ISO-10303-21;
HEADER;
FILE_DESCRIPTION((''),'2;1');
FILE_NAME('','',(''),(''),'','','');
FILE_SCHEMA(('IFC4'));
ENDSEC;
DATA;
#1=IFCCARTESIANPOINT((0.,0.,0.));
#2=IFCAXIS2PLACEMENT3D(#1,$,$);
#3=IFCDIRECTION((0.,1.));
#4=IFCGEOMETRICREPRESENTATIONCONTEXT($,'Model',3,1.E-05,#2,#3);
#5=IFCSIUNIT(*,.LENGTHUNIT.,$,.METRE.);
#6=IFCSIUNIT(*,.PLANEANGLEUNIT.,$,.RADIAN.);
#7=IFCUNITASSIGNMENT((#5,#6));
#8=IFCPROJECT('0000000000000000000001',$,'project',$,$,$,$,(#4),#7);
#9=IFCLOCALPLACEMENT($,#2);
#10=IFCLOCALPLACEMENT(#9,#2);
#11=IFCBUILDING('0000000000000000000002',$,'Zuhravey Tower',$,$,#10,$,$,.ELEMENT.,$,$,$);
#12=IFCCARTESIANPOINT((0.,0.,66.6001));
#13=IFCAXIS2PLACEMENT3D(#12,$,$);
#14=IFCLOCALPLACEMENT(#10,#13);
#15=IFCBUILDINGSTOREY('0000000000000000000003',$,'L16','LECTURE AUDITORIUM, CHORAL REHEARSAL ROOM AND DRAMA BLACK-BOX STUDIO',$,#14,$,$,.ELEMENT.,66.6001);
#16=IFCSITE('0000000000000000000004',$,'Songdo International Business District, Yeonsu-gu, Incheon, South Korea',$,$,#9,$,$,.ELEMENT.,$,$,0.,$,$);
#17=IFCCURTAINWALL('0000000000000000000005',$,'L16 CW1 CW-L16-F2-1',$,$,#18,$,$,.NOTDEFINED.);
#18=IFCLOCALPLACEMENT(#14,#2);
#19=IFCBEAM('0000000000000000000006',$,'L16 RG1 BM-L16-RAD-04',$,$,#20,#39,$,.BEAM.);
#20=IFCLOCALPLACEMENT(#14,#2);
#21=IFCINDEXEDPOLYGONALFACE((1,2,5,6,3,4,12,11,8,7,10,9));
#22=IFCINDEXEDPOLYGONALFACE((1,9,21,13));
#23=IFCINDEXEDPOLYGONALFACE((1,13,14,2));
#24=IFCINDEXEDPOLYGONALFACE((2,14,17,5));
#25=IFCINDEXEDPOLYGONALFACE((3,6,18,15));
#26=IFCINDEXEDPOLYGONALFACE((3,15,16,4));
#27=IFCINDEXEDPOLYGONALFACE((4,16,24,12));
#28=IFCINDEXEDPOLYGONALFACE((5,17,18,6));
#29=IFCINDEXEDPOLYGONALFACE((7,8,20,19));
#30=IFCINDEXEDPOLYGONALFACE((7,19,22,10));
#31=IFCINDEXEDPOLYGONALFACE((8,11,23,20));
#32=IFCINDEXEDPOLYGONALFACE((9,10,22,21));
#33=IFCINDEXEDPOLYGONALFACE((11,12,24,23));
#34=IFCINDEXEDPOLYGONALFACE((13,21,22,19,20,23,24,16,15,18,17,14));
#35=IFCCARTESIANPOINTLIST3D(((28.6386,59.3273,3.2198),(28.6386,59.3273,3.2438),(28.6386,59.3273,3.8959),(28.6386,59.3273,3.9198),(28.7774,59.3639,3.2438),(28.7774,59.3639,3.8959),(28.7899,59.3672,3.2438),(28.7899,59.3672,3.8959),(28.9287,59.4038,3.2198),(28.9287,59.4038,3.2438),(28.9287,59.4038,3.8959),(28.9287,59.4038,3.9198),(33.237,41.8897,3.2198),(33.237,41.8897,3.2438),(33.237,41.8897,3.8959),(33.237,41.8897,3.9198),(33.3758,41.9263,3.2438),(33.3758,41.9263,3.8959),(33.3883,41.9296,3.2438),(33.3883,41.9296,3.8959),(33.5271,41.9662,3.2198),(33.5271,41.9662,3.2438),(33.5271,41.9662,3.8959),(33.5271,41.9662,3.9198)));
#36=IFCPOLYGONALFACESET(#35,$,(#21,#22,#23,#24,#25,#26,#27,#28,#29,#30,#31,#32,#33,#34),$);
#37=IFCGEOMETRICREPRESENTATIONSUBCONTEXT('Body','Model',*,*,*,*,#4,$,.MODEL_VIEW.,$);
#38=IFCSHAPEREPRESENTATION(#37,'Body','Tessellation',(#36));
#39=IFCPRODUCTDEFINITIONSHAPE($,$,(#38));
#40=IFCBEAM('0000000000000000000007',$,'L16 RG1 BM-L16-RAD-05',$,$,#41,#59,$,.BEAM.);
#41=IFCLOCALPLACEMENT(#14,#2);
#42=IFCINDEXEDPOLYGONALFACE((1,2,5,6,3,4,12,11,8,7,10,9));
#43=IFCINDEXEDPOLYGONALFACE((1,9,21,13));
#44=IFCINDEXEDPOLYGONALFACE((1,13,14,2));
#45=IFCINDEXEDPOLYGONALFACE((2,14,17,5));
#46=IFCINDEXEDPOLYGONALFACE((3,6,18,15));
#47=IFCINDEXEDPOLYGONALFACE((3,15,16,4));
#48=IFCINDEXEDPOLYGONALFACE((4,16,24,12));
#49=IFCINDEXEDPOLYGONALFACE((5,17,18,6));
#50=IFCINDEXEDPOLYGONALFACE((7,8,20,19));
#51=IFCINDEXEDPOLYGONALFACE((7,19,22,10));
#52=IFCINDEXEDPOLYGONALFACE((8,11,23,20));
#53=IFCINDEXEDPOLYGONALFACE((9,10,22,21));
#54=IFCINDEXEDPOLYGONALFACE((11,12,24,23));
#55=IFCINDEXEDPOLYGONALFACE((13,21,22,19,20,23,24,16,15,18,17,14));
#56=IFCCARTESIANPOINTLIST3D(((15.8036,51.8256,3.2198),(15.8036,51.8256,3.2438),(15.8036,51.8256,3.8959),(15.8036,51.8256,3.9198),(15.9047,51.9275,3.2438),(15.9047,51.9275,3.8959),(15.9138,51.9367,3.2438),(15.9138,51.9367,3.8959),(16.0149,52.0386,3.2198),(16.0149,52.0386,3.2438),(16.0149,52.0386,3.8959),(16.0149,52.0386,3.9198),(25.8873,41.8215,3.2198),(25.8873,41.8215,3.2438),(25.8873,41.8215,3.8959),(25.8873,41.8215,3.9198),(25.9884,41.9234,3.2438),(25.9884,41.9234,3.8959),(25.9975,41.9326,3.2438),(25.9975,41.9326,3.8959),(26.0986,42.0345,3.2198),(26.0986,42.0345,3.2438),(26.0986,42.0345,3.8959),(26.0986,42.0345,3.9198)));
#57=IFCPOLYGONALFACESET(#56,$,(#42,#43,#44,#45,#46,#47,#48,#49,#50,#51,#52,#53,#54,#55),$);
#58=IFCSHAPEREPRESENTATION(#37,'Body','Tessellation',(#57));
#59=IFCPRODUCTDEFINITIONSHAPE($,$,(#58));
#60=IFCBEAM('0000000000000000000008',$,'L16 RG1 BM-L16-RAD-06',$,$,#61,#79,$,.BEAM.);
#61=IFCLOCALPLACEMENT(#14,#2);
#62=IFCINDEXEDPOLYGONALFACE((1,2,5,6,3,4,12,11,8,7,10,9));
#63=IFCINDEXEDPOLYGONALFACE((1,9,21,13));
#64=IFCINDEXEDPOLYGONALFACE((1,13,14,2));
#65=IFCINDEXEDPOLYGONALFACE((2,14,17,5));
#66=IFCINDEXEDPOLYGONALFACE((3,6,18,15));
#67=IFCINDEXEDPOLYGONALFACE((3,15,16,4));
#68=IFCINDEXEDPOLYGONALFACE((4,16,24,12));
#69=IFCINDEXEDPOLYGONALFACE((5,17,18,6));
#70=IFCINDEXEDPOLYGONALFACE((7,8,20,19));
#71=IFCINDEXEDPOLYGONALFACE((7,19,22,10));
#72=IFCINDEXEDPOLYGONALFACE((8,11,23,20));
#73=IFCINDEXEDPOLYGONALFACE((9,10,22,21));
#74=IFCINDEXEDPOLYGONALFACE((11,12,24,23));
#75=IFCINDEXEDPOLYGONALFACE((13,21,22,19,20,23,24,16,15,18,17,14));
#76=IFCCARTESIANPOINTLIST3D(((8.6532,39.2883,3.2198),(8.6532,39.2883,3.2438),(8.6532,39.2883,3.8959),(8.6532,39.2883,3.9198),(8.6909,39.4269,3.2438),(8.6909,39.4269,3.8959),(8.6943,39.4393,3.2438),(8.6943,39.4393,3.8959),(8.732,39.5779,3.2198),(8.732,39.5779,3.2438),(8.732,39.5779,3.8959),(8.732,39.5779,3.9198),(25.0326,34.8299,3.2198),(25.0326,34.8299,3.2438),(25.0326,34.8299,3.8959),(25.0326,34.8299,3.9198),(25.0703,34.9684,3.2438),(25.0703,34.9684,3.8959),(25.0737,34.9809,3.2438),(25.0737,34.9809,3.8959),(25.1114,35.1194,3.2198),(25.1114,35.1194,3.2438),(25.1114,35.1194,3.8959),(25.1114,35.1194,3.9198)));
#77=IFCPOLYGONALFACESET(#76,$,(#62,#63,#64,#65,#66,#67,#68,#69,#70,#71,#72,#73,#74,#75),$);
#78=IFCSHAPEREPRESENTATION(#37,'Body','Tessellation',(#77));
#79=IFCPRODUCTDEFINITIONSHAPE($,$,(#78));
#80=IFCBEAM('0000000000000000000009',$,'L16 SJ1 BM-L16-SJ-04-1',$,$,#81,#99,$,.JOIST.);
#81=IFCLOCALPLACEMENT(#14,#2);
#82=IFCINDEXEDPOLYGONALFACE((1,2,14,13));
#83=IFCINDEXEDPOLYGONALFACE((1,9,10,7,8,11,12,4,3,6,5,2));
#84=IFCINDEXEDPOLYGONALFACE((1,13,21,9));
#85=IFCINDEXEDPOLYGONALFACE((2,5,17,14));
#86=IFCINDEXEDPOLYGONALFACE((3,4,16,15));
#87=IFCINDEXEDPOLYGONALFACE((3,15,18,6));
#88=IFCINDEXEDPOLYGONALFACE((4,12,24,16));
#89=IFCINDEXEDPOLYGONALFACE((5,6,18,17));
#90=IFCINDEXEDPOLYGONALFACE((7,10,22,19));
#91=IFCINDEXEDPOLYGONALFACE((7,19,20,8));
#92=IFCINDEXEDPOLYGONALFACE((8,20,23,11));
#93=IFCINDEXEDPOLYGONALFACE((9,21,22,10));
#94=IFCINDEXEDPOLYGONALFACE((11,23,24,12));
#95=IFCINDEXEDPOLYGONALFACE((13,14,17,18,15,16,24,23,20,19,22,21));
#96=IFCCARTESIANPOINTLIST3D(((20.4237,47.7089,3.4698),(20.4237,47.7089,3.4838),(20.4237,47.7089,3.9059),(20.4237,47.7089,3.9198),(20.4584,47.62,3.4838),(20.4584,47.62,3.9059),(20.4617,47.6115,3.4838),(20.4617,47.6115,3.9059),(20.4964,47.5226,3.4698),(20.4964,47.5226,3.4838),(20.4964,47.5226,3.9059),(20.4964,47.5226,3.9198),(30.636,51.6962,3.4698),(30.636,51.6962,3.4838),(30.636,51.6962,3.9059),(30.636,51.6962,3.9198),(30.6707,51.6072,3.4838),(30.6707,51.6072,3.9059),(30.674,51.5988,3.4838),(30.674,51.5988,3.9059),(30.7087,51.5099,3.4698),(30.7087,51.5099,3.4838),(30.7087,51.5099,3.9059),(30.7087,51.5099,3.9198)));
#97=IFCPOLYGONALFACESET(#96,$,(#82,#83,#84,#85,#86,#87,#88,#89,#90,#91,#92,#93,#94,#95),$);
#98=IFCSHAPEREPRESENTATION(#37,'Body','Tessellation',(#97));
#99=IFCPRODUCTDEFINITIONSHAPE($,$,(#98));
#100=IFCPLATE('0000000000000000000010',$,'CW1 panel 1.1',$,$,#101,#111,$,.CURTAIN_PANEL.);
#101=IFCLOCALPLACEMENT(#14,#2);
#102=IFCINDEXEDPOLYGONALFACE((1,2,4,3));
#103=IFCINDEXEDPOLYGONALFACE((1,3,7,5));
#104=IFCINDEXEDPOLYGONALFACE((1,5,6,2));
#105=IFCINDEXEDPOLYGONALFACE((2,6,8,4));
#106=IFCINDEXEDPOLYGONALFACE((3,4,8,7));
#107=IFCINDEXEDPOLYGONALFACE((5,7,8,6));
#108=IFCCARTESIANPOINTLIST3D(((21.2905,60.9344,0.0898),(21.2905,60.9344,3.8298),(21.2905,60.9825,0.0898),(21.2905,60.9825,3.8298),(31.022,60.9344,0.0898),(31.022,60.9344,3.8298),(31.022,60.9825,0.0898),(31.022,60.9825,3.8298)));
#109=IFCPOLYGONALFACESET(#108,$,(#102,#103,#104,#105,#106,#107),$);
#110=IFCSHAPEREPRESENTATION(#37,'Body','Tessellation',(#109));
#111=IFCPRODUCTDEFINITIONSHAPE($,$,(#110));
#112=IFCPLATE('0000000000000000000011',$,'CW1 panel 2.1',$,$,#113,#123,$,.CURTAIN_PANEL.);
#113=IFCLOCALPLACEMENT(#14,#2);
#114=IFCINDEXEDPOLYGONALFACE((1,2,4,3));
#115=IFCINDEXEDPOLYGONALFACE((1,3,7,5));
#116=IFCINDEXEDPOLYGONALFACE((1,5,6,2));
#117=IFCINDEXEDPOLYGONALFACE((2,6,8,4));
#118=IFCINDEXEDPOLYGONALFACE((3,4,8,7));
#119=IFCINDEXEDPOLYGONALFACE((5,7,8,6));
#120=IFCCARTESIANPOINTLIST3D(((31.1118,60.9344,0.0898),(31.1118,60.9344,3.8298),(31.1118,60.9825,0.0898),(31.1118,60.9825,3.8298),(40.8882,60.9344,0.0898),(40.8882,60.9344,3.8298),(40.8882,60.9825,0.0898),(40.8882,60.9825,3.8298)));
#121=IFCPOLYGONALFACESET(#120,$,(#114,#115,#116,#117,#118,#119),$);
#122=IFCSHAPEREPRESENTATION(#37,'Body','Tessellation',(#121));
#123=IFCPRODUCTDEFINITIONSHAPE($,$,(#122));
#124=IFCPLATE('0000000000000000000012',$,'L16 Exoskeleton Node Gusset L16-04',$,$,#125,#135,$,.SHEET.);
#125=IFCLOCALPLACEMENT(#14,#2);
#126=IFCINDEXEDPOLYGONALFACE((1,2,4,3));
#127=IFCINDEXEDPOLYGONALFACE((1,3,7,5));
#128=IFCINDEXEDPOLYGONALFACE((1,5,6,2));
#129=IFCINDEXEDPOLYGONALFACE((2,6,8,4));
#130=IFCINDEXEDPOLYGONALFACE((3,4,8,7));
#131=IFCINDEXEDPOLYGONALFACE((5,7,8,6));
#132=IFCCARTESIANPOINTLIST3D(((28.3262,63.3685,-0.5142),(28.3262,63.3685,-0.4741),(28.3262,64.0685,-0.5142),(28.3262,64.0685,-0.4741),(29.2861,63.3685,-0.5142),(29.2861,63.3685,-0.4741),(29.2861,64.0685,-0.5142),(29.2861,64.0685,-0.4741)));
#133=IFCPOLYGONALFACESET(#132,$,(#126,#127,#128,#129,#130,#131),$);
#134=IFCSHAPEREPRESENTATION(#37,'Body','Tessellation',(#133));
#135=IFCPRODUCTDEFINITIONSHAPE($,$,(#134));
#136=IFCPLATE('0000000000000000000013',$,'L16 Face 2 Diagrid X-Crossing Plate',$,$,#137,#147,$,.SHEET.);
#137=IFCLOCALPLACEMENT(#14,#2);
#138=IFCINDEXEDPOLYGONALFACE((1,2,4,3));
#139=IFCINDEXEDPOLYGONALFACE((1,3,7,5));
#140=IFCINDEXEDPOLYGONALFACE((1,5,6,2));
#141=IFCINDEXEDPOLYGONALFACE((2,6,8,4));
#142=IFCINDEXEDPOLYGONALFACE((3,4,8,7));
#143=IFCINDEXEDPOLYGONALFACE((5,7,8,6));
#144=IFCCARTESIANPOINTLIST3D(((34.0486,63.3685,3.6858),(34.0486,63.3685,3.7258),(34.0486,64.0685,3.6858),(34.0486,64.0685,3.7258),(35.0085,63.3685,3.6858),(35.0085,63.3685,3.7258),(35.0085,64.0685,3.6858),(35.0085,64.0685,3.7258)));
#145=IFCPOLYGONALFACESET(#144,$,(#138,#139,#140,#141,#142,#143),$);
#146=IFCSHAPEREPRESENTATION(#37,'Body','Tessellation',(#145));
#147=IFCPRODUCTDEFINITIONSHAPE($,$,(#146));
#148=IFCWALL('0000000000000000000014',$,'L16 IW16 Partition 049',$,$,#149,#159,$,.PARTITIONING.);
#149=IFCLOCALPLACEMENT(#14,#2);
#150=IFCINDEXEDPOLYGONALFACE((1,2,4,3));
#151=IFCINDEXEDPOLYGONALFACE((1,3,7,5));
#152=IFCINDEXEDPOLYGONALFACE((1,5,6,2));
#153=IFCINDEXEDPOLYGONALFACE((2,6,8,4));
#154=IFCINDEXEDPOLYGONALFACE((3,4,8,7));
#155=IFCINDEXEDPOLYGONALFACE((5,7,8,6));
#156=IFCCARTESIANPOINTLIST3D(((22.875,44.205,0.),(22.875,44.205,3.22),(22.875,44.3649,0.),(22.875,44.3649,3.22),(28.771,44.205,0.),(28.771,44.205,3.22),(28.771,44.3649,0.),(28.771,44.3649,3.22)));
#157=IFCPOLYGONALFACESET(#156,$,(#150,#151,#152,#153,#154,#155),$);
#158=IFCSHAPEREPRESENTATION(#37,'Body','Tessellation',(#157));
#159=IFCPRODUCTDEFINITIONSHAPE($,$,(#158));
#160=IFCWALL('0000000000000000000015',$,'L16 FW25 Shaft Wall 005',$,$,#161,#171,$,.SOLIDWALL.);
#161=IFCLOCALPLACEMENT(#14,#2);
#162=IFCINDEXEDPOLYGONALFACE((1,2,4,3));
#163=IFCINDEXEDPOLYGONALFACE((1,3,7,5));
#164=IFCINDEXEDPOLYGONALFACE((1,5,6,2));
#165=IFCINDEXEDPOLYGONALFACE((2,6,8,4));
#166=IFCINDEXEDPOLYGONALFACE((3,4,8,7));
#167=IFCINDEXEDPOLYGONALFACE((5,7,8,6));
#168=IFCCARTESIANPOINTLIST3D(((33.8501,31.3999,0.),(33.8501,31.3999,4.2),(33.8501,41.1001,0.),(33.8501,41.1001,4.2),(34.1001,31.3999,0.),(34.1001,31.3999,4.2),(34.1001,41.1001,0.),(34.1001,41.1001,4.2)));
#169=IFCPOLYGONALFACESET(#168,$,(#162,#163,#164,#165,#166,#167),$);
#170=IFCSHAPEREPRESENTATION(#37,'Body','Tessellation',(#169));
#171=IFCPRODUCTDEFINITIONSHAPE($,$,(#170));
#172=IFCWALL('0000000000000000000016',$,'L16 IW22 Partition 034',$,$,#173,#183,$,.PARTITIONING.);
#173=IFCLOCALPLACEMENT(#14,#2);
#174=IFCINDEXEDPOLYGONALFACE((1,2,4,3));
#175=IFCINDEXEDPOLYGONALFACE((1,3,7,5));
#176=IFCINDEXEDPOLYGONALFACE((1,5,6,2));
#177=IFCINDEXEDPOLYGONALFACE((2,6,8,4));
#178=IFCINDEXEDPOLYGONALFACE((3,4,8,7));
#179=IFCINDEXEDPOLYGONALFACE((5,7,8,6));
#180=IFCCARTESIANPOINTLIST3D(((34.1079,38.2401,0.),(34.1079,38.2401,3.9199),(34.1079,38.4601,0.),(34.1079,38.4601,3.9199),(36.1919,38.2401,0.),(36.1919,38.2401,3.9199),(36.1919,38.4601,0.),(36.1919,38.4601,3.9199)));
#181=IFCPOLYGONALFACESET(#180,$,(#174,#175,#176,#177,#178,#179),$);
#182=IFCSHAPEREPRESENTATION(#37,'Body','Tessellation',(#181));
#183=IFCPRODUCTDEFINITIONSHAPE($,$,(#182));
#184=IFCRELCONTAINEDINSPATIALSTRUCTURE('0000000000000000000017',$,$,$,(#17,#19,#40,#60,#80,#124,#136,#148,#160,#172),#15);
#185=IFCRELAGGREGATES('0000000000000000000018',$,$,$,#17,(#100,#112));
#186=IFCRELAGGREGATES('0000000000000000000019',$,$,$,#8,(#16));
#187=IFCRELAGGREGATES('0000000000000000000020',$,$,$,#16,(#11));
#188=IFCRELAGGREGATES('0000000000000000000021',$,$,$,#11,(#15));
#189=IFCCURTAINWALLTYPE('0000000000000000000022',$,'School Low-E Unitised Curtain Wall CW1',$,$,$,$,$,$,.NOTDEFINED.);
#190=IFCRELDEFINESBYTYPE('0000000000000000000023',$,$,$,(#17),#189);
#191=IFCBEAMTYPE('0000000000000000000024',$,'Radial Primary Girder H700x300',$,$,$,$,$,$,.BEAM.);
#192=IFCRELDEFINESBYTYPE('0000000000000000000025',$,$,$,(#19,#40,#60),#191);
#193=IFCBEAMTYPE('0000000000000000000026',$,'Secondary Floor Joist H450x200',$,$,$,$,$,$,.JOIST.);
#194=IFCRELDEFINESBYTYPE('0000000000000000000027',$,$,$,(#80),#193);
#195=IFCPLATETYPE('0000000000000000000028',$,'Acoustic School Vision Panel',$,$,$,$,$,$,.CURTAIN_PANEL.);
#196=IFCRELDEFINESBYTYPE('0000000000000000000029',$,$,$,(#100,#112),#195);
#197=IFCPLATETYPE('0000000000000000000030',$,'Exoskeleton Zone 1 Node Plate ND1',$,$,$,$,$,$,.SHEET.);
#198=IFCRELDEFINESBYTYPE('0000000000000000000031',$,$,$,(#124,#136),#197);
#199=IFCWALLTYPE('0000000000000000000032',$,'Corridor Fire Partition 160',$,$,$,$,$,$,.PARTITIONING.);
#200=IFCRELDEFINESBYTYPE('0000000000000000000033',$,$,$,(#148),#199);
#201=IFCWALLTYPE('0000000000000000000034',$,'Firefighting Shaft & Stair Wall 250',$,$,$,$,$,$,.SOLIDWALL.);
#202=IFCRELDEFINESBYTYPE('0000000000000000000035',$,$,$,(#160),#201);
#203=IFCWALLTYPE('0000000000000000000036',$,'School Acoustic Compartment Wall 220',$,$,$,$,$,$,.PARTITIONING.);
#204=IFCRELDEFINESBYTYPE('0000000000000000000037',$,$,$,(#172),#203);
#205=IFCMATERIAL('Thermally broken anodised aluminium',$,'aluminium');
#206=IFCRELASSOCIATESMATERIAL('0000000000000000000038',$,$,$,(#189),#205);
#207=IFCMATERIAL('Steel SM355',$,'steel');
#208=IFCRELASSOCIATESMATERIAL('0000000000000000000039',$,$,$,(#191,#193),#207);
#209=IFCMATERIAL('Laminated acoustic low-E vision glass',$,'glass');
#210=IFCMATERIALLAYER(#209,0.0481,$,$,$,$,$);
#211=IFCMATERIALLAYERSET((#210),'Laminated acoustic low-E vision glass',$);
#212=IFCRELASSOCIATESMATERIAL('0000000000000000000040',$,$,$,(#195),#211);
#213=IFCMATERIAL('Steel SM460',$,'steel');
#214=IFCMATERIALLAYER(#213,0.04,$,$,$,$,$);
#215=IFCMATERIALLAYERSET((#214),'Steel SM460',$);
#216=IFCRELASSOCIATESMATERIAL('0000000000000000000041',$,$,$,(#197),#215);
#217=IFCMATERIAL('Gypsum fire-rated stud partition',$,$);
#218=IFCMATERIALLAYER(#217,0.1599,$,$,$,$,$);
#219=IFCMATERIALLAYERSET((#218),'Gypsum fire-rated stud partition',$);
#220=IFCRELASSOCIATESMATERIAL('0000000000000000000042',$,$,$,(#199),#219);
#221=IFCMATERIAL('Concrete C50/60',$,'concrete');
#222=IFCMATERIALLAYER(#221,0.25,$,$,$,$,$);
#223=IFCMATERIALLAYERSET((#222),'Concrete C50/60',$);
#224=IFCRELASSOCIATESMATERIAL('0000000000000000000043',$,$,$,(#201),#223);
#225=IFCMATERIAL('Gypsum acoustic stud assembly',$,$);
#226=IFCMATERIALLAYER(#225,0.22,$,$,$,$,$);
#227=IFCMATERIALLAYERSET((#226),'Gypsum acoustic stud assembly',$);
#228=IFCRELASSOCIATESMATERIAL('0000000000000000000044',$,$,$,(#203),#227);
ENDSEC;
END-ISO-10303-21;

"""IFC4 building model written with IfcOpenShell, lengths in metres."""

from ifc_helpers import new_model, si_unit, direction, frame, frame_2d, origin, origin_2d, place, context, subcontext, project, spatial, rectangle, i_section, extrude, material, layer, layer_set, material_profile, profile_set, type_object, element, aggregate, save


model = new_model("IFC4")

# Units and contexts
model_context = context("Model", 3, precision=1e-05, world=origin(), true_north=direction((0.0, 1.0)))
body_context = subcontext(model_context, "Body", "Model", "MODEL_VIEW")
ifc_project = project(units=[si_unit("LENGTHUNIT", "METRE"), si_unit("PLANEANGLEUNIT", "RADIAN")], contexts=[model_context])

# Site, building, storey
site_placement = place(None, origin())
site = spatial("IfcSite", under=ifc_project, at=site_placement, Name="Songdo International Business District, Yeonsu-gu, Incheon, South Korea", CompositionType="ELEMENT", RefElevation=0.0)
building_placement = place(site_placement, origin())
building = spatial("IfcBuilding", under=site, at=building_placement, Name="Zuhravey Tower", CompositionType="ELEMENT")
storey_placement = place(building_placement, frame((0.0, 0.0, 66.6001)))
storey = spatial("IfcBuildingStorey", under=building, at=storey_placement, Name="L16", Description="LECTURE AUDITORIUM, CHORAL REHEARSAL ROOM AND DRAMA BLACK-BOX STUDIO", CompositionType="ELEMENT", Elevation=66.6001)

# Curtain wall
ifc_material_1 = material(Name="Thermally broken anodised aluminium", Category="aluminium")
curtain_wall_type = type_object("IfcCurtainWallType", Name="School Low-E Unitised Curtain Wall CW1", PredefinedType="NOTDEFINED", material=ifc_material_1)
curtain_wall_placement = place(storey_placement, origin())
curtain_wall = element("IfcCurtainWall", 1, at=curtain_wall_placement, inside=storey, type_object=curtain_wall_type, Name="L16 CW1 CW-L16-F2-1", PredefinedType="NOTDEFINED")

# Shared definitions
ifc_material_2 = material(Name="Steel SM460", Category="steel")

# Beams
ifc_material_3 = material(Name="Steel SM355", Category="steel")
ifc_material_profile_1 = material_profile(ifc_material_3, i_section(OverallWidth=0.3, OverallDepth=0.7, WebThickness=0.0129, FlangeThickness=0.0239, at=origin_2d()), Name="H-700x300x13x24")
ifc_profile_set_1 = profile_set([ifc_material_profile_1], Name="Steel SM355")
beam_type_1 = type_object("IfcBeamType", Name="Radial Primary Girder H700x300", PredefinedType="BEAM", material=ifc_profile_set_1)
beam_1_placement = place(storey_placement, frame((33.3821, 41.928, 3.5698), z_axis=(-0.25499, 0.966944, 0.0), x_axis=(-0.966944, -0.25499, 0.0)))
element("IfcBeam", 2, at=beam_1_placement, inside=storey, type_object=beam_type_1, Name="L16 RG1 BM-L16-RAD-04", PredefinedType="BEAM", context=body_context, shape_type="SweptSolid", body=[
    extrude(i_section(OverallWidth=0.3, OverallDepth=0.7, WebThickness=0.0129, FlangeThickness=0.0239, at=origin_2d()), origin(), (0.0, 0.0, 1.0), 18.0337),
])
beam_2_placement = place(storey_placement, frame((25.9929, 41.928, 3.5698), z_axis=(-0.709903, 0.7043, 0.0), x_axis=(-0.7043, -0.709903, 0.0)))
element("IfcBeam", 3, at=beam_2_placement, inside=storey, type_object=beam_type_1, Name="L16 RG1 BM-L16-RAD-05", PredefinedType="BEAM", context=body_context, shape_type="SweptSolid", body=[
    extrude(i_section(OverallWidth=0.3, OverallDepth=0.7, WebThickness=0.0129, FlangeThickness=0.0239, at=origin_2d()), origin(), (0.0, 0.0, 1.0), 14.2043),
])
beam_3_placement = place(storey_placement, frame((25.072, 34.9746, 3.5698), z_axis=(-0.964892, 0.262645, 0.0), x_axis=(-0.262645, -0.964892, 0.0)))
element("IfcBeam", 4, at=beam_3_placement, inside=storey, type_object=beam_type_1, Name="L16 RG1 BM-L16-RAD-06", PredefinedType="BEAM", context=body_context, shape_type="SweptSolid", body=[
    extrude(i_section(OverallWidth=0.3, OverallDepth=0.7, WebThickness=0.0129, FlangeThickness=0.0239, at=origin_2d()), origin(), (0.0, 0.0, 1.0), 16.9753),
])
ifc_material_profile_2 = material_profile(ifc_material_3, i_section(OverallWidth=0.2, OverallDepth=0.45, WebThickness=0.009, FlangeThickness=0.0139, at=origin_2d()), Name="H-450x200x9x14")
ifc_profile_set_2 = profile_set([ifc_material_profile_2], Name="Steel SM355")
beam_type_2 = type_object("IfcBeamType", Name="Secondary Floor Joist H450x200", PredefinedType="JOIST", material=ifc_profile_set_2)
beam_4_placement = place(storey_placement, frame((30.6724, 51.603, 3.6948), z_axis=(-0.931517, -0.363699, 0.0), x_axis=(0.363699, -0.931517, 0.0)))
element("IfcBeam", 5, at=beam_4_placement, inside=storey, type_object=beam_type_2, Name="L16 SJ1 BM-L16-SJ-04-1", PredefinedType="JOIST", context=body_context, shape_type="SweptSolid", body=[
    extrude(i_section(OverallWidth=0.2, OverallDepth=0.45, WebThickness=0.009, FlangeThickness=0.0139, at=origin_2d()), origin(), (0.0, 0.0, 1.0), 10.9631),
])

# Plates
ifc_material_4 = material(Name="Laminated acoustic low-E vision glass", Category="glass")
ifc_layer_1 = layer(ifc_material_4, 0.0481)
ifc_layer_set_1 = layer_set([ifc_layer_1], Name="Laminated acoustic low-E vision glass")
plate_type_1 = type_object("IfcPlateType", Name="Acoustic School Vision Panel", PredefinedType="CURTAIN_PANEL", material=ifc_layer_set_1)
plate_1_placement = place(storey_placement, frame((26.1562, 60.9585, 0.0898), z_axis=(0.0, 0.0, 1.0), x_axis=(1.0, 0.0, 0.0)))
plate_1 = element("IfcPlate", 6, at=plate_1_placement, type_object=plate_type_1, Name="CW1 panel 1.1", PredefinedType="CURTAIN_PANEL", context=body_context, shape_type="SweptSolid", body=[
    extrude(rectangle(XDim=9.7314, YDim=0.0481, at=origin_2d()), origin(), (0.0, 0.0, 1.0), 3.74),
])
plate_2_placement = place(storey_placement, frame((36.0, 60.9585, 0.0898), z_axis=(0.0, 0.0, 1.0), x_axis=(1.0, 0.0, 0.0)))
plate_2 = element("IfcPlate", 7, at=plate_2_placement, type_object=plate_type_1, Name="CW1 panel 2.1", PredefinedType="CURTAIN_PANEL", context=body_context, shape_type="SweptSolid", body=[
    extrude(rectangle(XDim=9.7764, YDim=0.0481, at=origin_2d()), origin(), (0.0, 0.0, 1.0), 3.74),
])
aggregate(curtain_wall, [plate_1, plate_2])

# Plates
ifc_layer_2 = layer(ifc_material_2, 0.04)
ifc_layer_set_2 = layer_set([ifc_layer_2], Name="Steel SM460")
plate_type_2 = type_object("IfcPlateType", Name="Exoskeleton Zone 1 Node Plate ND1", PredefinedType="SHEET", material=ifc_layer_set_2)
for number, where, z_axis, x_axis, name in (
    (8, (28.8062, 63.7185, -0.5142), (0.0, 0.0, 1.0), (-1.0, 0.0, 0.0), "L16 Exoskeleton Node Gusset L16-04"),
    (9, (34.5286, 63.7185, 3.6858), (0.0, 0.0, 1.0), (-1.0, 0.0, 0.0), "L16 Face 2 Diagrid X-Crossing Plate"),
):
    element("IfcPlate", number, at=place(storey_placement, frame(where, z_axis=z_axis, x_axis=x_axis)), inside=storey, type_object=plate_type_2, Name=name, PredefinedType="SHEET", context=body_context, shape_type="SweptSolid", body=[
        extrude(rectangle(XDim=0.96, YDim=0.7, at=origin_2d()), origin(), (0.0, 0.0, 1.0), 0.04),
    ])

# Walls
ifc_material_5 = material(Name="Gypsum fire-rated stud partition")
ifc_layer_3 = layer(ifc_material_5, 0.1599)
ifc_layer_set_3 = layer_set([ifc_layer_3], Name="Gypsum fire-rated stud partition")
wall_type_1 = type_object("IfcWallType", Name="Corridor Fire Partition 160", PredefinedType="PARTITIONING", material=ifc_layer_set_3)
wall_1_placement = place(storey_placement, frame((28.771, 44.2849, 0.0), z_axis=(0.0, 0.0, 1.0), x_axis=(-1.0, 0.0, 0.0)))
element("IfcWall", 10, at=wall_1_placement, inside=storey, type_object=wall_type_1, Name="L16 IW16 Partition 049", PredefinedType="PARTITIONING", context=body_context, shape_type="SweptSolid", body=[
    extrude(rectangle(XDim=5.896, YDim=0.1599, at=frame_2d((2.948, 0.0))), origin(), (0.0, 0.0, 1.0), 3.22),
])
ifc_material_6 = material(Name="Concrete C50/60", Category="concrete")
ifc_layer_4 = layer(ifc_material_6, 0.25)
ifc_layer_set_4 = layer_set([ifc_layer_4], Name="Concrete C50/60")
wall_type_2 = type_object("IfcWallType", Name="Firefighting Shaft & Stair Wall 250", PredefinedType="SOLIDWALL", material=ifc_layer_set_4)
wall_2_placement = place(storey_placement, frame((33.9751, 31.3999, 0.0), z_axis=(0.0, 0.0, 1.0), x_axis=(0.0, 1.0, 0.0)))
element("IfcWall", 11, at=wall_2_placement, inside=storey, type_object=wall_type_2, Name="L16 FW25 Shaft Wall 005", PredefinedType="SOLIDWALL", context=body_context, shape_type="SweptSolid", body=[
    extrude(rectangle(XDim=9.7002, YDim=0.25, at=frame_2d((4.8501, 0.0))), origin(), (0.0, 0.0, 1.0), 4.2),
])
ifc_material_7 = material(Name="Gypsum acoustic stud assembly")
ifc_layer_5 = layer(ifc_material_7, 0.22)
ifc_layer_set_5 = layer_set([ifc_layer_5], Name="Gypsum acoustic stud assembly")
wall_type_3 = type_object("IfcWallType", Name="School Acoustic Compartment Wall 220", PredefinedType="PARTITIONING", material=ifc_layer_set_5)
wall_3_placement = place(storey_placement, frame((34.1079, 38.3501, 0.0), z_axis=(0.0, 0.0, 1.0), x_axis=(1.0, 0.0, 0.0)))
element("IfcWall", 12, at=wall_3_placement, inside=storey, type_object=wall_type_3, Name="L16 IW22 Partition 034", PredefinedType="PARTITIONING", context=body_context, shape_type="SweptSolid", body=[
    extrude(rectangle(XDim=2.084, YDim=0.22, at=frame_2d((1.042, 0.0))), origin(), (0.0, 0.0, 1.0), 3.9199),
])

save(model, "model.ifc")
